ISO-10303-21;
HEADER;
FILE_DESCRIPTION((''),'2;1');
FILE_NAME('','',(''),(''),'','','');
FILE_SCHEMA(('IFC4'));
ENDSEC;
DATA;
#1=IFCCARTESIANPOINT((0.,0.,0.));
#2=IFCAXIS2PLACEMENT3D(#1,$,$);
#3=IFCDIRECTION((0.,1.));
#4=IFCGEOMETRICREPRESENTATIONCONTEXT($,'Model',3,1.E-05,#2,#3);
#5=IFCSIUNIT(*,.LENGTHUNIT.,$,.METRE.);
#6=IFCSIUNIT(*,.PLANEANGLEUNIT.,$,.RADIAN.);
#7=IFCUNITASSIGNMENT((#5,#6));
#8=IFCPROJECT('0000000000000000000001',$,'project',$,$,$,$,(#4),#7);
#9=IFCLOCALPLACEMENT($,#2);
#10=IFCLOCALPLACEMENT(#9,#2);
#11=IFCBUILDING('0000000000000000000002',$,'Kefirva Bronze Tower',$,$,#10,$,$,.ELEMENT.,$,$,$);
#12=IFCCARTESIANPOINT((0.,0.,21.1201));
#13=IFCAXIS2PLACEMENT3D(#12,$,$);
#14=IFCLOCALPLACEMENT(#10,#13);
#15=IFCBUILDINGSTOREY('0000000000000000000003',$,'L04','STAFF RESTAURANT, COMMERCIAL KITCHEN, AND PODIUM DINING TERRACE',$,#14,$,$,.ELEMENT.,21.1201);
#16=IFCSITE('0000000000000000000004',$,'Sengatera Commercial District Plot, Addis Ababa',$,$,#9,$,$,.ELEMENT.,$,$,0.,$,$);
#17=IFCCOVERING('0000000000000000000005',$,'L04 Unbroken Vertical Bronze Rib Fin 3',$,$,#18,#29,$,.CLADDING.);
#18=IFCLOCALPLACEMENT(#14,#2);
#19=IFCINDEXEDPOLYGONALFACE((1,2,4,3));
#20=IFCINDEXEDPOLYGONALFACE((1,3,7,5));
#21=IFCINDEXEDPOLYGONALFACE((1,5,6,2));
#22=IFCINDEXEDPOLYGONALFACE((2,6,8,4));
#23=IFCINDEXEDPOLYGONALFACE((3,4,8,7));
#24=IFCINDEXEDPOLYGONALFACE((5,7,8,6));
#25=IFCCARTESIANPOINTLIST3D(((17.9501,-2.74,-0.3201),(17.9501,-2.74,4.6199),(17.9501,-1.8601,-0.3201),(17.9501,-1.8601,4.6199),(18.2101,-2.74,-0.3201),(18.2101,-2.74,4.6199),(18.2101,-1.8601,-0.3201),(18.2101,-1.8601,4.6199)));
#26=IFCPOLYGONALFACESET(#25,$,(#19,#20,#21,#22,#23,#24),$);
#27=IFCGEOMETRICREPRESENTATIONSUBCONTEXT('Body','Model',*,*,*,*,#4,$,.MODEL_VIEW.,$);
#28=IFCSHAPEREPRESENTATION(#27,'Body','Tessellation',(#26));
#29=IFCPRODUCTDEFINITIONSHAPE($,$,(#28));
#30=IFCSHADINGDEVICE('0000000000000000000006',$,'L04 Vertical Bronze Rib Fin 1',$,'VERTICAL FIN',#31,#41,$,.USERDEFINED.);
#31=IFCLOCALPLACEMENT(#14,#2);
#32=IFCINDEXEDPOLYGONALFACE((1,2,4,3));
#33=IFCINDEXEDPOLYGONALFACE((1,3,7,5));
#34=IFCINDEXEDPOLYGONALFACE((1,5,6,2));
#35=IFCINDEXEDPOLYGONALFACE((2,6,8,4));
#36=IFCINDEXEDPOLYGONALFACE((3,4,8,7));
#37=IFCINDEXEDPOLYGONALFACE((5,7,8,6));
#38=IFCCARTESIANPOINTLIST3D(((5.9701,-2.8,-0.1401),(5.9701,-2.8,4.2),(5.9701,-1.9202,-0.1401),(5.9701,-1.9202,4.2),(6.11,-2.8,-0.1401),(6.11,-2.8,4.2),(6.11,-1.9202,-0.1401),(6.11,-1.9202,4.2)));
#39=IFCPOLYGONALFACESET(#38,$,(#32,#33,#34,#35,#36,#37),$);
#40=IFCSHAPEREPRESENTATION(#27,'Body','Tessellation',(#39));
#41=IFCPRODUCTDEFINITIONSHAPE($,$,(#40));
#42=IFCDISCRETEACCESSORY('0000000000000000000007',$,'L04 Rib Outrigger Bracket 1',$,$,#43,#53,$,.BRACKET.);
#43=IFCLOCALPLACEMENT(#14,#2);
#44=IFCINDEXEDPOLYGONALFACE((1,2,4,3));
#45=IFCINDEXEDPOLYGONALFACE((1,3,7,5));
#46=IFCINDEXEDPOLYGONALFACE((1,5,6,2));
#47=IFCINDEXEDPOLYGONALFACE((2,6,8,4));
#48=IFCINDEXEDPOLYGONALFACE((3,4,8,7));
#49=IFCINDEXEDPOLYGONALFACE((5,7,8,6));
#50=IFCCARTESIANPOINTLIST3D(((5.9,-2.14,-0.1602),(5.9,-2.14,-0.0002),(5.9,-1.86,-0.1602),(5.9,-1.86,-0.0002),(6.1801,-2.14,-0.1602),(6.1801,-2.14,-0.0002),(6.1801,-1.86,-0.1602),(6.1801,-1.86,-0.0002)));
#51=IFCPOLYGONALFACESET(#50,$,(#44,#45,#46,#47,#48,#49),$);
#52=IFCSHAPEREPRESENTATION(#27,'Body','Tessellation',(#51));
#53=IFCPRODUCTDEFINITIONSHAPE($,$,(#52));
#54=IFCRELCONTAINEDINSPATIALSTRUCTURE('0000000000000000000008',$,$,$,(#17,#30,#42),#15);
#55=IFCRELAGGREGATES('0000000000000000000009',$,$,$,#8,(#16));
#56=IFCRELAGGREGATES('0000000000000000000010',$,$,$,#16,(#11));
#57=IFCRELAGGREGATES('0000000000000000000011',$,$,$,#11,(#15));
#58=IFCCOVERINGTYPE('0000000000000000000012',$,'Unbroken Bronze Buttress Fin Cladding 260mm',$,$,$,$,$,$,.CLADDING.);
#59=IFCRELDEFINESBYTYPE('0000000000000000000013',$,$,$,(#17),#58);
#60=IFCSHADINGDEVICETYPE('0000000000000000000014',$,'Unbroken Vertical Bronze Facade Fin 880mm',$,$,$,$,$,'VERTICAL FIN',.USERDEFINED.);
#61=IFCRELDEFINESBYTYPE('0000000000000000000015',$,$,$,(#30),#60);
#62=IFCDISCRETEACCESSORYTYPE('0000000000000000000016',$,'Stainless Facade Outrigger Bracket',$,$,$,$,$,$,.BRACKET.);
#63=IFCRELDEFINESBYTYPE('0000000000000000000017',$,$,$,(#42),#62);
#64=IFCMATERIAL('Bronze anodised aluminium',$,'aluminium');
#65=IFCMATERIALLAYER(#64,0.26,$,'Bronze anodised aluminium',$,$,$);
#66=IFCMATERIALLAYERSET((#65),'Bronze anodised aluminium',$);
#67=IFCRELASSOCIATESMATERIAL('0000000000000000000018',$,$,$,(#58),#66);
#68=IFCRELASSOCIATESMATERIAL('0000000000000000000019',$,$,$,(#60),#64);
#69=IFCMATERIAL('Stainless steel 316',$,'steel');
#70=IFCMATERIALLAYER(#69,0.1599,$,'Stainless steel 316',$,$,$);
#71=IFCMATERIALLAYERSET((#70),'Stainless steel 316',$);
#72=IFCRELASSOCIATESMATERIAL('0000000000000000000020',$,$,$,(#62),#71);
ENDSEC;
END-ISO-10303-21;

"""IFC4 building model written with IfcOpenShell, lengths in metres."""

from ifc_helpers import new_model, si_unit, direction, frame, origin, origin_2d, place, context, subcontext, project, spatial, rectangle, extrude, material, layer, layer_set, material_profile, profile_set, type_object, element, save


model = new_model("IFC4")

# Units and contexts
model_context = context("Model", 3, precision=1e-05, world=origin(), true_north=direction((0.0, 1.0)))
body_context = subcontext(model_context, "Body", "Model", "MODEL_VIEW")
ifc_project = project(units=[si_unit("LENGTHUNIT", "METRE"), si_unit("PLANEANGLEUNIT", "RADIAN")], contexts=[model_context])

# Site, building, storey
site_placement = place(None, origin())
site = spatial("IfcSite", under=ifc_project, at=site_placement, Name="Sengatera Commercial District Plot, Addis Ababa", CompositionType="ELEMENT", RefElevation=0.0)
building_placement = place(site_placement, origin())
building = spatial("IfcBuilding", under=site, at=building_placement, Name="Kefirva Bronze Tower", CompositionType="ELEMENT")
storey_placement = place(building_placement, frame((0.0, 0.0, 21.1201)))
storey = spatial("IfcBuildingStorey", under=building, at=storey_placement, Name="L04", Description="STAFF RESTAURANT, COMMERCIAL KITCHEN, AND PODIUM DINING TERRACE", CompositionType="ELEMENT", Elevation=21.1201)

# Shared definitions
ifc_material_1 = material(Name="Bronze anodised aluminium", Category="aluminium")

# Shared definitions
ifc_material_2 = material(Name="Stainless steel 316", Category="steel")

# Covering
ifc_layer_1 = layer(ifc_material_1, 0.26, Name="Bronze anodised aluminium")
ifc_layer_set_1 = layer_set([ifc_layer_1], Name="Bronze anodised aluminium")
covering_type_1 = type_object("IfcCoveringType", Name="Unbroken Bronze Buttress Fin Cladding 260mm", PredefinedType="CLADDING", material=ifc_layer_set_1)
for number, where, z_axis, x_axis, name in (
    (1, (18.0801, -2.3, -0.3201), (0.0, 0.0, 1.0), (1.0, 0.0, 0.0), "L04 Unbroken Vertical Bronze Rib Fin 3"),
):
    element("IfcCovering", number, at=place(storey_placement, frame(where, z_axis=z_axis, x_axis=x_axis)), inside=storey, type_object=covering_type_1, Name=name, PredefinedType="CLADDING", context=body_context, shape_type="SweptSolid", body=[
        extrude(rectangle(XDim=0.26, YDim=0.8799, at=origin_2d()), origin(), (0.0, 0.0, 1.0), 4.9399),
    ])

# Shading device
ifc_material_profile_1 = material_profile(ifc_material_1, rectangle(XDim=0.1399, YDim=0.8799, at=origin_2d()), Name="BRONZE FIN 140x880")
ifc_profile_set_1 = profile_set([ifc_material_profile_1], Name="Bronze anodised aluminium")
shading_device_type_1 = type_object("IfcShadingDeviceType", Name="Unbroken Vertical Bronze Facade Fin 880mm", ElementType="VERTICAL FIN", PredefinedType="USERDEFINED", material=ifc_profile_set_1)
shading_device_1_placement = place(storey_placement, frame((6.04, -2.3601, -0.1401), z_axis=(0.0, 0.0, 1.0), x_axis=(1.0, 0.0, 0.0)))
element("IfcShadingDevice", 2, at=shading_device_1_placement, inside=storey, type_object=shading_device_type_1, Name="L04 Vertical Bronze Rib Fin 1", ObjectType="VERTICAL FIN", PredefinedType="USERDEFINED", context=body_context, shape_type="SweptSolid", body=[
    extrude(rectangle(XDim=0.1399, YDim=0.8799, at=origin_2d()), origin(), (0.0, 0.0, 1.0), 4.3401),
])

# Discrete accessory
ifc_layer_2 = layer(ifc_material_2, 0.1599, Name="Stainless steel 316")
ifc_layer_set_2 = layer_set([ifc_layer_2], Name="Stainless steel 316")
discrete_accessory_type = type_object("IfcDiscreteAccessoryType", Name="Stainless Facade Outrigger Bracket", PredefinedType="BRACKET", material=ifc_layer_set_2)
discrete_accessory_placement = place(storey_placement, frame((6.04, -2.0, -0.1602), z_axis=(0.0, 0.0, 1.0), x_axis=(1.0, 0.0, 0.0)))
element("IfcDiscreteAccessory", 3, at=discrete_accessory_placement, inside=storey, type_object=discrete_accessory_type, Name="L04 Rib Outrigger Bracket 1", PredefinedType="BRACKET", context=body_context, shape_type="SweptSolid", body=[
    extrude(rectangle(XDim=0.28, YDim=0.28, at=origin_2d()), origin(), (0.0, 0.0, 1.0), 0.1599),
])

save(model, "model.ifc")
